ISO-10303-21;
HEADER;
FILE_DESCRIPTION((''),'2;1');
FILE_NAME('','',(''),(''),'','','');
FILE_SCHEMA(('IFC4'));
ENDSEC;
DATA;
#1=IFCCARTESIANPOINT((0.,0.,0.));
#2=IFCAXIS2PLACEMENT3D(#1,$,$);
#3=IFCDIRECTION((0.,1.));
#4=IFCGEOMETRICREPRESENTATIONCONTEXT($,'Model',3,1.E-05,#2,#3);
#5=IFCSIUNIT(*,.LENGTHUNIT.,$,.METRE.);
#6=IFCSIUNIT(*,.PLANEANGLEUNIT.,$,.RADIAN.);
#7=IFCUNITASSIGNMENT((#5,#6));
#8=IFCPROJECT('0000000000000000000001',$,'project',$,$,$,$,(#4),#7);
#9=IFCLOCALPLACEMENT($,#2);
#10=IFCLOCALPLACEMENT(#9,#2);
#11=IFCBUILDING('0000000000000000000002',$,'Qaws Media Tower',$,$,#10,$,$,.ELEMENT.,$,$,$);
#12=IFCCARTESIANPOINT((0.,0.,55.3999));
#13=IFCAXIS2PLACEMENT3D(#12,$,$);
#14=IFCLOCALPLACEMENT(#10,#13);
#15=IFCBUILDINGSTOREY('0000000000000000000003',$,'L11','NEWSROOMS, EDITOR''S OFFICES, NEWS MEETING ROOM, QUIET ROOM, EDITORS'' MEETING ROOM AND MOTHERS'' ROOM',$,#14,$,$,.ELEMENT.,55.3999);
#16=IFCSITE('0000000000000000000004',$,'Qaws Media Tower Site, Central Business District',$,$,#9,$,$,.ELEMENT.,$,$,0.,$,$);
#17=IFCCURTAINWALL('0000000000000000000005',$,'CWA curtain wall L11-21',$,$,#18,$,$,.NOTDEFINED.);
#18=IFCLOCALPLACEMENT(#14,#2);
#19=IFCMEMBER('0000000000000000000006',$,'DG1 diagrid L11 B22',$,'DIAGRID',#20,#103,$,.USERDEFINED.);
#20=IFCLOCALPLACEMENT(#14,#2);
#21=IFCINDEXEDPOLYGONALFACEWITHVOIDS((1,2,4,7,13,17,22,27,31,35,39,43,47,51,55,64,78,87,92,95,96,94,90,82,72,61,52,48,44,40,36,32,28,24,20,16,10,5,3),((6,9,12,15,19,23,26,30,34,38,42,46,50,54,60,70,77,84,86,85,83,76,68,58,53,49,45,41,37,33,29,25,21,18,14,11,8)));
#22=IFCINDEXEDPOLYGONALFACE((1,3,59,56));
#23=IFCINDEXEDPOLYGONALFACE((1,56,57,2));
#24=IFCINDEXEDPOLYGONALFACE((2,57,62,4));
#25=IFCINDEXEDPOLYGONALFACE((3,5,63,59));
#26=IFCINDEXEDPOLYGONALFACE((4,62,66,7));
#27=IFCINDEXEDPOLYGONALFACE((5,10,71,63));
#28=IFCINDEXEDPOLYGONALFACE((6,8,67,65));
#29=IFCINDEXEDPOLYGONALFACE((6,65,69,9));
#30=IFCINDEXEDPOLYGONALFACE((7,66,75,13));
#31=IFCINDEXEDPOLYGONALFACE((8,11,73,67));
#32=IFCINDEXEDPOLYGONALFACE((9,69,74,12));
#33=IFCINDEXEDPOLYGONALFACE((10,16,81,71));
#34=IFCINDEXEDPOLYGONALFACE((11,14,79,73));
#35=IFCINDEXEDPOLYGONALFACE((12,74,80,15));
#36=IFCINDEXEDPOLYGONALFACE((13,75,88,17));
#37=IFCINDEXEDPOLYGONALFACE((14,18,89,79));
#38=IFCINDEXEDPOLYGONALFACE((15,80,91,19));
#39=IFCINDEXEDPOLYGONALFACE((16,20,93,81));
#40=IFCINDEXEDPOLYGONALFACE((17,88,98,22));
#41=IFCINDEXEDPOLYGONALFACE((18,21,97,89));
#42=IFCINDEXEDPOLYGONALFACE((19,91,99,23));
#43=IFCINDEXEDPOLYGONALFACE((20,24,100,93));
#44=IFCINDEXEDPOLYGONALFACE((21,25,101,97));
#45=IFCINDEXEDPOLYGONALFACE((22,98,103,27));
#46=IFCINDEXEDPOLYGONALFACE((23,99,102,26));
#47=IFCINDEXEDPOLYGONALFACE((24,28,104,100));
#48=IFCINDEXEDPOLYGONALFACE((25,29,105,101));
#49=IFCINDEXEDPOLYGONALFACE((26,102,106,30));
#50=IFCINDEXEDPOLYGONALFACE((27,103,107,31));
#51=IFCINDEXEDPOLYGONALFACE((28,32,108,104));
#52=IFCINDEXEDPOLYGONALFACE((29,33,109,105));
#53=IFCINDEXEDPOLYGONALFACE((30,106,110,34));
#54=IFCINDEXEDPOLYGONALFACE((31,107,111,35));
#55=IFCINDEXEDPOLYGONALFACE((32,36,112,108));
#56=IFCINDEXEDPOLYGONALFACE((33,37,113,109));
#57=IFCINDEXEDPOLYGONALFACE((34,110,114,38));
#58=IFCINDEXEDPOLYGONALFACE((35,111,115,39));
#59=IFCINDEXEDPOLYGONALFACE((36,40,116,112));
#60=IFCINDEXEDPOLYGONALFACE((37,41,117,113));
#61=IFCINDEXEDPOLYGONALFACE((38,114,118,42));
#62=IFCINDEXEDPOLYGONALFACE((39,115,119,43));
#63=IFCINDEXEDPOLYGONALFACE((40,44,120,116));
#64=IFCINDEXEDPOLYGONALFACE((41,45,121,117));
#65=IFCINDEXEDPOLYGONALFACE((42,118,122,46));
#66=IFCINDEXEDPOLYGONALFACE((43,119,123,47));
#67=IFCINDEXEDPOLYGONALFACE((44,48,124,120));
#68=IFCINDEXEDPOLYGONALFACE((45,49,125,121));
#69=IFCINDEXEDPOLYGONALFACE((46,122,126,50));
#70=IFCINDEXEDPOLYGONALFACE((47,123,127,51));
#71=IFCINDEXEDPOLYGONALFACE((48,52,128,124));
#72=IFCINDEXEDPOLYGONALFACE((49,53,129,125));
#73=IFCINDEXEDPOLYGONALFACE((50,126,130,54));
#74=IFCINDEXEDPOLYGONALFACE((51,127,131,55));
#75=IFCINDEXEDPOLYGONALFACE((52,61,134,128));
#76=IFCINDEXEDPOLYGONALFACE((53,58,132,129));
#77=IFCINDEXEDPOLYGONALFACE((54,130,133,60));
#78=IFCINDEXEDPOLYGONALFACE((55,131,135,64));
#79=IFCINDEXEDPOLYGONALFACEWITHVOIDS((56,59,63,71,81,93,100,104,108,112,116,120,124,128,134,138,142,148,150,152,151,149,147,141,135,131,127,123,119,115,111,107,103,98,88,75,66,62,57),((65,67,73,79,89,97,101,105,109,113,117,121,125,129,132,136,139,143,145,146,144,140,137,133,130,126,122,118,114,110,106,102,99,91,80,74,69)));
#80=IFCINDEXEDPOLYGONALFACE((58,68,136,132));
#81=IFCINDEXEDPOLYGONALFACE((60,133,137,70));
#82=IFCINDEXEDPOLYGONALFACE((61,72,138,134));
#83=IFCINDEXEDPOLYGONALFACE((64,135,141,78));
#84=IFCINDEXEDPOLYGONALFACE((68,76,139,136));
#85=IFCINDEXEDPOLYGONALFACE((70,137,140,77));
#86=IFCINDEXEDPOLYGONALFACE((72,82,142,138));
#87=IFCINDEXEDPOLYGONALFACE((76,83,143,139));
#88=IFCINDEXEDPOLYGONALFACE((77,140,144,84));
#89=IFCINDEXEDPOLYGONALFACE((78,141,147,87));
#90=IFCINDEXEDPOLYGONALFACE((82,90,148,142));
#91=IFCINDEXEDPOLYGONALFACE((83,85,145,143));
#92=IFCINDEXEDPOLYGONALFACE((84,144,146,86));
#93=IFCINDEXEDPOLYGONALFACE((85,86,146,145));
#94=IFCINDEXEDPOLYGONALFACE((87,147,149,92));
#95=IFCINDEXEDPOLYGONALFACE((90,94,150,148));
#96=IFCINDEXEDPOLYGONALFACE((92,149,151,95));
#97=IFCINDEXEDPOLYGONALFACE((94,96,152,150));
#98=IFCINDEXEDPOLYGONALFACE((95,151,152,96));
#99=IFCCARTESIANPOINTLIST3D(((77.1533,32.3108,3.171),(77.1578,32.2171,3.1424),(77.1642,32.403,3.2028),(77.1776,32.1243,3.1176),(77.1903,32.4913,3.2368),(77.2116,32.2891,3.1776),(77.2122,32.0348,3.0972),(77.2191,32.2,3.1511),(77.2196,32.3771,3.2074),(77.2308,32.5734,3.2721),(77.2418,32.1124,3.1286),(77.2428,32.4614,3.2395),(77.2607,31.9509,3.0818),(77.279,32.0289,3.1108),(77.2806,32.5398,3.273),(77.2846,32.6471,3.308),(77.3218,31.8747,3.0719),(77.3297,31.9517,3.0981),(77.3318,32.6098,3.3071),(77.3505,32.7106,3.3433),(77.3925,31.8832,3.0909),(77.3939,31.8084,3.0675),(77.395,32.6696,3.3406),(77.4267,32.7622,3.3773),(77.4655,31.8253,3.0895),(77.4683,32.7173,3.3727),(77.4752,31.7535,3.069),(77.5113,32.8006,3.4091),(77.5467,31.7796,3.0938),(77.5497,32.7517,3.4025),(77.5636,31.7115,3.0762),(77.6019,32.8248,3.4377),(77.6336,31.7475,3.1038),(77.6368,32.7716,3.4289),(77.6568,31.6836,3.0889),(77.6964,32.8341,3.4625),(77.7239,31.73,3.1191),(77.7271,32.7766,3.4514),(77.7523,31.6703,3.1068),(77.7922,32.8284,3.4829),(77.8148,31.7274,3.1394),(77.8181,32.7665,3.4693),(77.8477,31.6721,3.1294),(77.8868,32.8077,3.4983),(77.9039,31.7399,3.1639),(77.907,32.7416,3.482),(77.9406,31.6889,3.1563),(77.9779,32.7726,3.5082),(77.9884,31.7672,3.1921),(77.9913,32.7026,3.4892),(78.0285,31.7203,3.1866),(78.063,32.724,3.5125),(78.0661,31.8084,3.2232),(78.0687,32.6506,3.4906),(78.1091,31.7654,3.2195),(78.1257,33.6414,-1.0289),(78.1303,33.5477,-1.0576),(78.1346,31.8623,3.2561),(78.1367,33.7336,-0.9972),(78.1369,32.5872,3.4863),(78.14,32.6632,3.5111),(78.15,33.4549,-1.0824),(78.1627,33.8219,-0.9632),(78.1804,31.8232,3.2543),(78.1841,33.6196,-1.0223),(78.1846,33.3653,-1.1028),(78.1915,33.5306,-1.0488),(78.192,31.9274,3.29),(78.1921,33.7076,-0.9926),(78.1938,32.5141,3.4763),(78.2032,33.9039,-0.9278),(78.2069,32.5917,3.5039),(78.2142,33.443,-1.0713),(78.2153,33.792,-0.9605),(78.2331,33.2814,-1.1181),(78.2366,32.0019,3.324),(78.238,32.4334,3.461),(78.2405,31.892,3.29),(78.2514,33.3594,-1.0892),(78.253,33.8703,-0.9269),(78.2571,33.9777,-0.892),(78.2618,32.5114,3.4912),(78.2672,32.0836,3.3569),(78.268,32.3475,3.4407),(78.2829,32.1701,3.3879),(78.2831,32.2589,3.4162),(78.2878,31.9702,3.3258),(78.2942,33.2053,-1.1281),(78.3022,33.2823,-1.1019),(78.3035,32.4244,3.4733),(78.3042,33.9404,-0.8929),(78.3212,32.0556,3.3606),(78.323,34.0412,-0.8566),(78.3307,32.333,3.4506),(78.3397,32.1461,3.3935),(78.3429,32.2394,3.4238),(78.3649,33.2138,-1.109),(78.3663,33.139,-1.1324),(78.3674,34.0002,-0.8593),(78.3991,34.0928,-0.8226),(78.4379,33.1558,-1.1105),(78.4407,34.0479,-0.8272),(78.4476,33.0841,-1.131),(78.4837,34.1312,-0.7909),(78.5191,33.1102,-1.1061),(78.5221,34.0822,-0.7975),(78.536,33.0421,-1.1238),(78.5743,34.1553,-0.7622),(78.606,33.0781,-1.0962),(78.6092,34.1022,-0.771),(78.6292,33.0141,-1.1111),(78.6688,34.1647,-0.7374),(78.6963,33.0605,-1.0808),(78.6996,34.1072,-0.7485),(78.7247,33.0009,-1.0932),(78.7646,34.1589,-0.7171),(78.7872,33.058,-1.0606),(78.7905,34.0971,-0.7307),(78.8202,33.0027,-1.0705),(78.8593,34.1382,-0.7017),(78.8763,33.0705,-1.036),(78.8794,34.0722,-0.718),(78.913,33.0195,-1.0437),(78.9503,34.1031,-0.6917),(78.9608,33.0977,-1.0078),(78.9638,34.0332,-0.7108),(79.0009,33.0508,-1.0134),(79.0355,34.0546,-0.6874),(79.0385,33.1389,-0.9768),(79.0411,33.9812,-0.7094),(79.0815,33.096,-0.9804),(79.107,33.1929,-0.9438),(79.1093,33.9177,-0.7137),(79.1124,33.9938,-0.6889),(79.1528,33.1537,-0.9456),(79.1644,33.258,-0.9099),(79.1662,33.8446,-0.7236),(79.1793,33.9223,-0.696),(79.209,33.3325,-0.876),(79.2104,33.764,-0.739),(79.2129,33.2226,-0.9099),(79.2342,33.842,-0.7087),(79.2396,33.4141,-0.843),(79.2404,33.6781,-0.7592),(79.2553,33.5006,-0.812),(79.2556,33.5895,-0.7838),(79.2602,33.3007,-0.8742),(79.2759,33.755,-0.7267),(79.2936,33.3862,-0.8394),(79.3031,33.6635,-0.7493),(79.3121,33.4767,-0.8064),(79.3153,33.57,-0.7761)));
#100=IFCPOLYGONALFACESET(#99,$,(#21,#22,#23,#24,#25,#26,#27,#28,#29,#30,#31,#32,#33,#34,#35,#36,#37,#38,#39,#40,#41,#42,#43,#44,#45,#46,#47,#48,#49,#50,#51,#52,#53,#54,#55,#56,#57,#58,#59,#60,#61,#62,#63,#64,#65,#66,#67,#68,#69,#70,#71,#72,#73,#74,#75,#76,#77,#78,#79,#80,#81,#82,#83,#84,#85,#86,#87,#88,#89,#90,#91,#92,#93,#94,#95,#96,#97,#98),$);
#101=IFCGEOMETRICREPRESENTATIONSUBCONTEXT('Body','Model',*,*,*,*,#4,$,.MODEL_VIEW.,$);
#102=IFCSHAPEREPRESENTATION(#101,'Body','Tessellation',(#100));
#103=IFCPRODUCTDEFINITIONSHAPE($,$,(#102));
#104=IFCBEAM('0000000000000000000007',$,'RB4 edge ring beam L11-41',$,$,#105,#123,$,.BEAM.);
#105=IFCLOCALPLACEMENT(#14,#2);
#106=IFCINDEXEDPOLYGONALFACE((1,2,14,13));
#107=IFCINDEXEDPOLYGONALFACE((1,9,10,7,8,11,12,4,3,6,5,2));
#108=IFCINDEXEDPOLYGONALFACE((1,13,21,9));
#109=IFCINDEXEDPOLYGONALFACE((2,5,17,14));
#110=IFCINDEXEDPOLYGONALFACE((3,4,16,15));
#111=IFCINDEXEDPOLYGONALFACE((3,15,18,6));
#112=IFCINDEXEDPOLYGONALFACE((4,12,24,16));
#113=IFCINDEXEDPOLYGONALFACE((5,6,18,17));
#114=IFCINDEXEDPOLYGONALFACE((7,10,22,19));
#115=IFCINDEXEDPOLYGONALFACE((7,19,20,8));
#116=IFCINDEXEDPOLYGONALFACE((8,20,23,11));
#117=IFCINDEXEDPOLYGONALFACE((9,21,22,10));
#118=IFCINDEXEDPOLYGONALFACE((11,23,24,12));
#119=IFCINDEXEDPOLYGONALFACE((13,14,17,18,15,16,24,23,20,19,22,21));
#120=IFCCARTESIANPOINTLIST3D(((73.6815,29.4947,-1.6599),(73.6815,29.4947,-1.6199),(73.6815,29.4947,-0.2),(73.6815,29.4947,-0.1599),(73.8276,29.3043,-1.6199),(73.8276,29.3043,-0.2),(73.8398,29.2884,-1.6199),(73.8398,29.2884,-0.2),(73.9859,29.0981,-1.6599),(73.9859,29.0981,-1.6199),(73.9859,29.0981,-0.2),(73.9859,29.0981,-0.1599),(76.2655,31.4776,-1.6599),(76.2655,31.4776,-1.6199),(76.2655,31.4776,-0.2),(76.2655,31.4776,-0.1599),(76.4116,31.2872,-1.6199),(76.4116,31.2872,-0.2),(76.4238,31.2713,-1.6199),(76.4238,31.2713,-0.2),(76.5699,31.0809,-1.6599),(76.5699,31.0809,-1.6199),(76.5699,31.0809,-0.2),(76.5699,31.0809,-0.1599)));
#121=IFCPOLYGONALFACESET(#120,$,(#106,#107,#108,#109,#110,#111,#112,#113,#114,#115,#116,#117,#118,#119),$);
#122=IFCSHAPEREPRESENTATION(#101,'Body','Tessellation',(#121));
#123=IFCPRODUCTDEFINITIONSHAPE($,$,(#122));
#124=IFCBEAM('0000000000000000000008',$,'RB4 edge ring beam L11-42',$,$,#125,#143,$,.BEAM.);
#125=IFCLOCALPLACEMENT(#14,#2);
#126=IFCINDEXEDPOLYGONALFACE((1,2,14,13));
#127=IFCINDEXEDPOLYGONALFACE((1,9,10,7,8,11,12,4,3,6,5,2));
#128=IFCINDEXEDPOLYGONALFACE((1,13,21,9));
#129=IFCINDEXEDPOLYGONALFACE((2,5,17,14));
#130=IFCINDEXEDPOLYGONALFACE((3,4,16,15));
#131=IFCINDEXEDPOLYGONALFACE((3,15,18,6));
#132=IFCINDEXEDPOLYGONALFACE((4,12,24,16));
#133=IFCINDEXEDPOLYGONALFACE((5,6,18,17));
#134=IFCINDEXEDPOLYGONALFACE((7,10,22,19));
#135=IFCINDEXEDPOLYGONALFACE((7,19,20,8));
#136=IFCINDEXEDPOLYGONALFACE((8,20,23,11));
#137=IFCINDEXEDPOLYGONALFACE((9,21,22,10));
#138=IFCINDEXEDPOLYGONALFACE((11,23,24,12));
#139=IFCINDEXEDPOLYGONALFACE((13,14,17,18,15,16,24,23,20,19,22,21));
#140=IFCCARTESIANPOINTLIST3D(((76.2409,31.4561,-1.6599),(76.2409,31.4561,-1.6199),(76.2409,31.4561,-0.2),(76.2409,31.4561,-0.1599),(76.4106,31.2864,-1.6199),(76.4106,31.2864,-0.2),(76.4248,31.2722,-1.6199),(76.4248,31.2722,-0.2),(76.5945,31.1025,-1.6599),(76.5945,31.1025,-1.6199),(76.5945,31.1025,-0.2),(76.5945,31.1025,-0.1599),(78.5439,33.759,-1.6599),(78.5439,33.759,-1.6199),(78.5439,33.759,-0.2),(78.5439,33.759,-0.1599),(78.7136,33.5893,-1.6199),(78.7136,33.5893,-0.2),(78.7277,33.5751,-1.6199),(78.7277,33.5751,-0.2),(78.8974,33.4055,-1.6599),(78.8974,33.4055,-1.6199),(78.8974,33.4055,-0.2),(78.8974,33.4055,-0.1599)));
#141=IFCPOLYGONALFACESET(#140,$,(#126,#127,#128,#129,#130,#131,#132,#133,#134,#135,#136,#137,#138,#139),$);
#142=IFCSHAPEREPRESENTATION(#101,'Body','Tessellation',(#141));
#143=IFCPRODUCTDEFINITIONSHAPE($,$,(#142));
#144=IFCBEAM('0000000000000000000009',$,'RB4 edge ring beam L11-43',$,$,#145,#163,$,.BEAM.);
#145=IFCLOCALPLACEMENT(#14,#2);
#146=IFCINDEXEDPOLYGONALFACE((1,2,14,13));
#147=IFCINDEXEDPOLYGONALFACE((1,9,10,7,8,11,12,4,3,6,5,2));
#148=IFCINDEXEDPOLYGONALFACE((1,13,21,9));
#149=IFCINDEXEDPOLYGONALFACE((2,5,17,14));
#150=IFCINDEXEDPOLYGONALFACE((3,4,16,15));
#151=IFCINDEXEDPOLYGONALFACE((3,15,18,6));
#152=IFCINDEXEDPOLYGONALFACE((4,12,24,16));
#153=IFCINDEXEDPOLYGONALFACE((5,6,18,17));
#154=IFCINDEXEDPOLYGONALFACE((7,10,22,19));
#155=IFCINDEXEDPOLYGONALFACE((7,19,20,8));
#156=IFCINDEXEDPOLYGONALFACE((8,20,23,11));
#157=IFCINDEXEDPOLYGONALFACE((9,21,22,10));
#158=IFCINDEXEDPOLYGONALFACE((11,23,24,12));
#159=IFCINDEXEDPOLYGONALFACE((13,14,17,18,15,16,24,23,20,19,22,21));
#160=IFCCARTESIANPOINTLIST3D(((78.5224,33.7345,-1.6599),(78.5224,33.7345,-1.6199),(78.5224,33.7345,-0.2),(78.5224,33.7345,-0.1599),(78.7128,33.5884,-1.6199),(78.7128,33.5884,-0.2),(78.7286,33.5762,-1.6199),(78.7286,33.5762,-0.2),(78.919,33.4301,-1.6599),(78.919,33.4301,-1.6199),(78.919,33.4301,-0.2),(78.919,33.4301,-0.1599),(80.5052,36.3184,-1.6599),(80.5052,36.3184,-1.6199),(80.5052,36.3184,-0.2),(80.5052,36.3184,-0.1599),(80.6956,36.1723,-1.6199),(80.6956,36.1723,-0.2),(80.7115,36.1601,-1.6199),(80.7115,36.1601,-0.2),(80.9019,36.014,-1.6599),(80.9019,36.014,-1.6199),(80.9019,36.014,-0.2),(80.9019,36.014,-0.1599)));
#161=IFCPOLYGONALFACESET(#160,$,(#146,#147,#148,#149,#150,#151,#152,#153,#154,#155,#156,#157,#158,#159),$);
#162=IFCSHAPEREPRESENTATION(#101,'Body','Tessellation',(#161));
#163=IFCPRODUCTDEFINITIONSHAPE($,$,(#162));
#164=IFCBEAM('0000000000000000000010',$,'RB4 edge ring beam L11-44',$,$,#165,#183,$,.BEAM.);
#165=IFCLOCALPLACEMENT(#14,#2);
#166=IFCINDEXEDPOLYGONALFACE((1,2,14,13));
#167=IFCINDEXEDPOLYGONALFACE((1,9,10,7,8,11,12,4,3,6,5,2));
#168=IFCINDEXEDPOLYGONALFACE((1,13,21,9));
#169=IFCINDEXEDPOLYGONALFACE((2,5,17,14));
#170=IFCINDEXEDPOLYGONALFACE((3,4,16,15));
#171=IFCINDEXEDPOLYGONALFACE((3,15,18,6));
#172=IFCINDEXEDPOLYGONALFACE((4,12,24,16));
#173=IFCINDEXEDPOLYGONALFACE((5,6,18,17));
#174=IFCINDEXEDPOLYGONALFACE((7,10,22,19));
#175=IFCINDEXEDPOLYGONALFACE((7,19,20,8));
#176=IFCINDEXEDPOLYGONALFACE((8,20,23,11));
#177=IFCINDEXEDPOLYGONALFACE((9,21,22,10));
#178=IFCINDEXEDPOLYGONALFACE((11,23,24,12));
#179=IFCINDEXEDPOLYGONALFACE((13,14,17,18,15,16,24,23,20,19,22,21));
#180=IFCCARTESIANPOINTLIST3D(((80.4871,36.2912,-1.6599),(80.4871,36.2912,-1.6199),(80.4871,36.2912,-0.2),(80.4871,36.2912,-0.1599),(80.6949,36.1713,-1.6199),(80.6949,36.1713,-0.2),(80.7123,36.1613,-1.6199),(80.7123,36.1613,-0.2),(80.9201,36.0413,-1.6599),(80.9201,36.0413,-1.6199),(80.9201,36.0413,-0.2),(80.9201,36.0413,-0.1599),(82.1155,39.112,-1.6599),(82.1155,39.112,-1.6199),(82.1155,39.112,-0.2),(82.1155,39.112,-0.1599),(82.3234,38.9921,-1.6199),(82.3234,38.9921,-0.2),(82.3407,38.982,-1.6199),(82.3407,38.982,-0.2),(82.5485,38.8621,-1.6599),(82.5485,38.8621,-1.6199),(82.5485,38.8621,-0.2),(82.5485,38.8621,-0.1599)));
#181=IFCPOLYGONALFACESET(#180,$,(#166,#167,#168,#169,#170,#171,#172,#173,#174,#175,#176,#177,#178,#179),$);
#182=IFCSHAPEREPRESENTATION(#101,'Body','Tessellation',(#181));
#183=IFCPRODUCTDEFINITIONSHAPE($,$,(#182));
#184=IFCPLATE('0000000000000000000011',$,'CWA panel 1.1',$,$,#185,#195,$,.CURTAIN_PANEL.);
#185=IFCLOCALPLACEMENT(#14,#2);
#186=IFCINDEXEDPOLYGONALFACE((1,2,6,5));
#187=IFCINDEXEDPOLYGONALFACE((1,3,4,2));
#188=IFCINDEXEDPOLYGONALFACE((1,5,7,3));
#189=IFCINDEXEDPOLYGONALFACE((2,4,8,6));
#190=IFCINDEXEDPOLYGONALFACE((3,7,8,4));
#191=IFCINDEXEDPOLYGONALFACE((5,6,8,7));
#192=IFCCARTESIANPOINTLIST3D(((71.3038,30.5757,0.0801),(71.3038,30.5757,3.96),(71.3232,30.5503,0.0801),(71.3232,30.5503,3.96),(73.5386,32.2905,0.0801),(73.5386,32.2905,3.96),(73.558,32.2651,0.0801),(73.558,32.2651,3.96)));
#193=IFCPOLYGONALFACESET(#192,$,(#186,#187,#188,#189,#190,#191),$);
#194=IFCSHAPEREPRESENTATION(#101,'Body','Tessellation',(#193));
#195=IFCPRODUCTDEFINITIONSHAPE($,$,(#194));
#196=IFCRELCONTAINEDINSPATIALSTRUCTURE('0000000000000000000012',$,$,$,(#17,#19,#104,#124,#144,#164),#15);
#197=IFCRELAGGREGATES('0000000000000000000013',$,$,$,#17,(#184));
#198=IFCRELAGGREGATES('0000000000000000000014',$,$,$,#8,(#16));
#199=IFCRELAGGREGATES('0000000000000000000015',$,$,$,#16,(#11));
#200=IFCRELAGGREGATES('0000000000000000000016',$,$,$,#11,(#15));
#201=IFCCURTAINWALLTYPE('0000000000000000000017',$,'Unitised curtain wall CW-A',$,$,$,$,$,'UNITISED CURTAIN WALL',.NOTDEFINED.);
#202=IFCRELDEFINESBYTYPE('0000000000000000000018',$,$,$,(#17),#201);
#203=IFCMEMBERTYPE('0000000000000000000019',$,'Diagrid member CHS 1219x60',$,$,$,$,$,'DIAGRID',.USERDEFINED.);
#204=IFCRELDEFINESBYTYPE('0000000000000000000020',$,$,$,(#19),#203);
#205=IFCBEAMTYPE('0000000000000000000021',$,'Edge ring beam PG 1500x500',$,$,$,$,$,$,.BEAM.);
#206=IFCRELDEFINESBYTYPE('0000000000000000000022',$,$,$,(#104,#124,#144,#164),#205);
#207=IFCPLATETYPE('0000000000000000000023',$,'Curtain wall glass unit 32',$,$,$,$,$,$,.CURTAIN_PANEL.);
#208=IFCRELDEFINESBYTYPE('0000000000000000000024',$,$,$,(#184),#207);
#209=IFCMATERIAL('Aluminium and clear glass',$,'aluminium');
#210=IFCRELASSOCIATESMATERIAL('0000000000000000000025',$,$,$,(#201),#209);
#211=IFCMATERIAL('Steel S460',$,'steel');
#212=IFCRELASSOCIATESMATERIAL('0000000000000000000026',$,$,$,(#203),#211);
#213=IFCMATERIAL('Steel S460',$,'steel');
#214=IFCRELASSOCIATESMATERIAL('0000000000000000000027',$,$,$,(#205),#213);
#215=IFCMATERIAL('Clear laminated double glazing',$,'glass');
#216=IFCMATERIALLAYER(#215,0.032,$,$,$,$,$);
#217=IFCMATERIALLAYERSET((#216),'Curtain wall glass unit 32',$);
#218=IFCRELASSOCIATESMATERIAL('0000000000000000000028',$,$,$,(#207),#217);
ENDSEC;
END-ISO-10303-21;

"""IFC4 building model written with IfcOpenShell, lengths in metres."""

from ifc_helpers import new_model, si_unit, direction, frame, origin, origin_2d, place, context, subcontext, project, spatial, rectangle, hollow_circle, i_section, extrude, material, layer, layer_set, material_profile, profile_set, type_object, element, aggregate, save


model = new_model("IFC4")

# Units and contexts
model_context = context("Model", 3, precision=1e-05, world=origin(), true_north=direction((0.0, 1.0)))
body_context = subcontext(model_context, "Body", "Model", "MODEL_VIEW")
ifc_project = project(units=[si_unit("LENGTHUNIT", "METRE"), si_unit("PLANEANGLEUNIT", "RADIAN")], contexts=[model_context])

# Site, building, storey
site_placement = place(None, origin())
site = spatial("IfcSite", under=ifc_project, at=site_placement, Name="Qaws Media Tower Site, Central Business District", CompositionType="ELEMENT", RefElevation=0.0)
building_placement = place(site_placement, origin())
building = spatial("IfcBuilding", under=site, at=building_placement, Name="Qaws Media Tower", CompositionType="ELEMENT")
storey_placement = place(building_placement, frame((0.0, 0.0, 55.3999)))
storey = spatial("IfcBuildingStorey", under=building, at=storey_placement, Name="L11", Description="NEWSROOMS, EDITOR'S OFFICES, NEWS MEETING ROOM, QUIET ROOM, EDITORS' MEETING ROOM AND MOTHERS' ROOM", CompositionType="ELEMENT", Elevation=55.3999)

# Shared definitions
ifc_material_1 = material(Name="Aluminium and clear glass", Category="aluminium")
curtain_wall_type = type_object("IfcCurtainWallType", Name="Unitised curtain wall CW-A", ElementType="UNITISED CURTAIN WALL", PredefinedType="NOTDEFINED", material=ifc_material_1)

# Curtain wall
curtain_wall_1_placement = place(storey_placement, origin())
curtain_wall_1 = element("IfcCurtainWall", 1, at=curtain_wall_1_placement, inside=storey, type_object=curtain_wall_type, Name="CWA curtain wall L11-21", PredefinedType="NOTDEFINED")

# Member
ifc_material_2 = material(Name="Steel S460", Category="steel")
ifc_material_profile_1 = material_profile(ifc_material_2, hollow_circle(Radius=0.6096, WallThickness=0.0601, at=origin_2d()), Name="CHS 1219x60")
ifc_profile_set_1 = profile_set([ifc_material_profile_1], Name="Steel S460")
member_type_1 = type_object("IfcMemberType", Name="Diagrid member CHS 1219x60", ElementType="DIAGRID", PredefinedType="USERDEFINED", material=ifc_profile_set_1)
for number, where, z_axis, x_axis, name in (
    (2, (78.7207, 33.5823, -0.9099), (-0.21553, -0.294914, 0.930899), (0.807369, -0.590046, 0.0), "DG1 diagrid L11 B22"),
):
    element("IfcMember", number, at=place(storey_placement, frame(where, z_axis=z_axis, x_axis=x_axis)), inside=storey, type_object=member_type_1, Name=name, ObjectType="DIAGRID", PredefinedType="USERDEFINED", context=body_context, shape_type="SweptSolid", body=[
        extrude(hollow_circle(Radius=0.6096, WallThickness=0.0601, at=origin_2d()), origin(), (0.0, 0.0, 1.0), 4.5117),
    ])

# Beams
ifc_material_3 = material(Name="Steel S460", Category="steel")
ifc_material_profile_2 = material_profile(ifc_material_3, i_section(OverallWidth=0.5, OverallDepth=1.5, WebThickness=0.02, FlangeThickness=0.04, at=origin_2d()), Name="PG 1500x500")
ifc_profile_set_2 = profile_set([ifc_material_profile_2], Name="Steel S460")
beam_type = type_object("IfcBeamType", Name="Edge ring beam PG 1500x500", PredefinedType="BEAM", material=ifc_profile_set_2)
beam_1_placement = place(storey_placement, frame((73.8337, 29.2964, -0.9099), z_axis=(0.793331, 0.60879, 0.0), x_axis=(-0.60879, 0.793331, 0.0)))
element("IfcBeam", 3, at=beam_1_placement, inside=storey, type_object=beam_type, Name="RB4 edge ring beam L11-41", PredefinedType="BEAM", context=body_context, shape_type="SweptSolid", body=[
    extrude(i_section(OverallWidth=0.5, OverallDepth=1.5, WebThickness=0.02, FlangeThickness=0.04, at=origin_2d()), origin(), (0.0, 0.0, 1.0), 3.2571),
])
beam_2_placement = place(storey_placement, frame((76.4177, 31.2793, -0.9099), z_axis=(0.707107, 0.707107, 0.0), x_axis=(-0.707107, 0.707107, 0.0)))
element("IfcBeam", 4, at=beam_2_placement, inside=storey, type_object=beam_type, Name="RB4 edge ring beam L11-42", PredefinedType="BEAM", context=body_context, shape_type="SweptSolid", body=[
    extrude(i_section(OverallWidth=0.5, OverallDepth=1.5, WebThickness=0.02, FlangeThickness=0.04, at=origin_2d()), origin(), (0.0, 0.0, 1.0), 3.2568),
])
for number, where, z_axis, x_axis, name in (
    (5, (78.7207, 33.5823, -0.9099), (0.60879, 0.793331, 0.0), (-0.793331, 0.60879, 0.0), "RB4 edge ring beam L11-43"),
    (6, (80.7036, 36.1663, -0.9099), (0.49996, 0.866048, 0.0), (-0.866048, 0.49996, 0.0), "RB4 edge ring beam L11-44"),
):
    element("IfcBeam", number, at=place(storey_placement, frame(where, z_axis=z_axis, x_axis=x_axis)), inside=storey, type_object=beam_type, Name=name, PredefinedType="BEAM", context=body_context, shape_type="SweptSolid", body=[
        extrude(i_section(OverallWidth=0.5, OverallDepth=1.5, WebThickness=0.02, FlangeThickness=0.04, at=origin_2d()), origin(), (0.0, 0.0, 1.0), 3.2571),
    ])

# Plate
ifc_material_4 = material(Name="Clear laminated double glazing", Category="glass")
ifc_layer_1 = layer(ifc_material_4, 0.032)
ifc_layer_set_1 = layer_set([ifc_layer_1], Name="Curtain wall glass unit 32")
plate_type_1 = type_object("IfcPlateType", Name="Curtain wall glass unit 32", PredefinedType="CURTAIN_PANEL", material=ifc_layer_set_1)
plate_1_placement = place(storey_placement, frame((72.4309, 31.4204, 0.0801), z_axis=(0.0, 0.0, 1.0), x_axis=(0.793353, 0.608761, 0.0)))
plate_1 = element("IfcPlate", 7, at=plate_1_placement, type_object=plate_type_1, Name="CWA panel 1.1", PredefinedType="CURTAIN_PANEL", context=body_context, shape_type="SweptSolid", body=[
    extrude(rectangle(XDim=2.8169, YDim=0.032, at=origin_2d()), origin(), (0.0, 0.0, 1.0), 3.8799),
])
aggregate(curtain_wall_1, [plate_1])

save(model, "model.ifc")
